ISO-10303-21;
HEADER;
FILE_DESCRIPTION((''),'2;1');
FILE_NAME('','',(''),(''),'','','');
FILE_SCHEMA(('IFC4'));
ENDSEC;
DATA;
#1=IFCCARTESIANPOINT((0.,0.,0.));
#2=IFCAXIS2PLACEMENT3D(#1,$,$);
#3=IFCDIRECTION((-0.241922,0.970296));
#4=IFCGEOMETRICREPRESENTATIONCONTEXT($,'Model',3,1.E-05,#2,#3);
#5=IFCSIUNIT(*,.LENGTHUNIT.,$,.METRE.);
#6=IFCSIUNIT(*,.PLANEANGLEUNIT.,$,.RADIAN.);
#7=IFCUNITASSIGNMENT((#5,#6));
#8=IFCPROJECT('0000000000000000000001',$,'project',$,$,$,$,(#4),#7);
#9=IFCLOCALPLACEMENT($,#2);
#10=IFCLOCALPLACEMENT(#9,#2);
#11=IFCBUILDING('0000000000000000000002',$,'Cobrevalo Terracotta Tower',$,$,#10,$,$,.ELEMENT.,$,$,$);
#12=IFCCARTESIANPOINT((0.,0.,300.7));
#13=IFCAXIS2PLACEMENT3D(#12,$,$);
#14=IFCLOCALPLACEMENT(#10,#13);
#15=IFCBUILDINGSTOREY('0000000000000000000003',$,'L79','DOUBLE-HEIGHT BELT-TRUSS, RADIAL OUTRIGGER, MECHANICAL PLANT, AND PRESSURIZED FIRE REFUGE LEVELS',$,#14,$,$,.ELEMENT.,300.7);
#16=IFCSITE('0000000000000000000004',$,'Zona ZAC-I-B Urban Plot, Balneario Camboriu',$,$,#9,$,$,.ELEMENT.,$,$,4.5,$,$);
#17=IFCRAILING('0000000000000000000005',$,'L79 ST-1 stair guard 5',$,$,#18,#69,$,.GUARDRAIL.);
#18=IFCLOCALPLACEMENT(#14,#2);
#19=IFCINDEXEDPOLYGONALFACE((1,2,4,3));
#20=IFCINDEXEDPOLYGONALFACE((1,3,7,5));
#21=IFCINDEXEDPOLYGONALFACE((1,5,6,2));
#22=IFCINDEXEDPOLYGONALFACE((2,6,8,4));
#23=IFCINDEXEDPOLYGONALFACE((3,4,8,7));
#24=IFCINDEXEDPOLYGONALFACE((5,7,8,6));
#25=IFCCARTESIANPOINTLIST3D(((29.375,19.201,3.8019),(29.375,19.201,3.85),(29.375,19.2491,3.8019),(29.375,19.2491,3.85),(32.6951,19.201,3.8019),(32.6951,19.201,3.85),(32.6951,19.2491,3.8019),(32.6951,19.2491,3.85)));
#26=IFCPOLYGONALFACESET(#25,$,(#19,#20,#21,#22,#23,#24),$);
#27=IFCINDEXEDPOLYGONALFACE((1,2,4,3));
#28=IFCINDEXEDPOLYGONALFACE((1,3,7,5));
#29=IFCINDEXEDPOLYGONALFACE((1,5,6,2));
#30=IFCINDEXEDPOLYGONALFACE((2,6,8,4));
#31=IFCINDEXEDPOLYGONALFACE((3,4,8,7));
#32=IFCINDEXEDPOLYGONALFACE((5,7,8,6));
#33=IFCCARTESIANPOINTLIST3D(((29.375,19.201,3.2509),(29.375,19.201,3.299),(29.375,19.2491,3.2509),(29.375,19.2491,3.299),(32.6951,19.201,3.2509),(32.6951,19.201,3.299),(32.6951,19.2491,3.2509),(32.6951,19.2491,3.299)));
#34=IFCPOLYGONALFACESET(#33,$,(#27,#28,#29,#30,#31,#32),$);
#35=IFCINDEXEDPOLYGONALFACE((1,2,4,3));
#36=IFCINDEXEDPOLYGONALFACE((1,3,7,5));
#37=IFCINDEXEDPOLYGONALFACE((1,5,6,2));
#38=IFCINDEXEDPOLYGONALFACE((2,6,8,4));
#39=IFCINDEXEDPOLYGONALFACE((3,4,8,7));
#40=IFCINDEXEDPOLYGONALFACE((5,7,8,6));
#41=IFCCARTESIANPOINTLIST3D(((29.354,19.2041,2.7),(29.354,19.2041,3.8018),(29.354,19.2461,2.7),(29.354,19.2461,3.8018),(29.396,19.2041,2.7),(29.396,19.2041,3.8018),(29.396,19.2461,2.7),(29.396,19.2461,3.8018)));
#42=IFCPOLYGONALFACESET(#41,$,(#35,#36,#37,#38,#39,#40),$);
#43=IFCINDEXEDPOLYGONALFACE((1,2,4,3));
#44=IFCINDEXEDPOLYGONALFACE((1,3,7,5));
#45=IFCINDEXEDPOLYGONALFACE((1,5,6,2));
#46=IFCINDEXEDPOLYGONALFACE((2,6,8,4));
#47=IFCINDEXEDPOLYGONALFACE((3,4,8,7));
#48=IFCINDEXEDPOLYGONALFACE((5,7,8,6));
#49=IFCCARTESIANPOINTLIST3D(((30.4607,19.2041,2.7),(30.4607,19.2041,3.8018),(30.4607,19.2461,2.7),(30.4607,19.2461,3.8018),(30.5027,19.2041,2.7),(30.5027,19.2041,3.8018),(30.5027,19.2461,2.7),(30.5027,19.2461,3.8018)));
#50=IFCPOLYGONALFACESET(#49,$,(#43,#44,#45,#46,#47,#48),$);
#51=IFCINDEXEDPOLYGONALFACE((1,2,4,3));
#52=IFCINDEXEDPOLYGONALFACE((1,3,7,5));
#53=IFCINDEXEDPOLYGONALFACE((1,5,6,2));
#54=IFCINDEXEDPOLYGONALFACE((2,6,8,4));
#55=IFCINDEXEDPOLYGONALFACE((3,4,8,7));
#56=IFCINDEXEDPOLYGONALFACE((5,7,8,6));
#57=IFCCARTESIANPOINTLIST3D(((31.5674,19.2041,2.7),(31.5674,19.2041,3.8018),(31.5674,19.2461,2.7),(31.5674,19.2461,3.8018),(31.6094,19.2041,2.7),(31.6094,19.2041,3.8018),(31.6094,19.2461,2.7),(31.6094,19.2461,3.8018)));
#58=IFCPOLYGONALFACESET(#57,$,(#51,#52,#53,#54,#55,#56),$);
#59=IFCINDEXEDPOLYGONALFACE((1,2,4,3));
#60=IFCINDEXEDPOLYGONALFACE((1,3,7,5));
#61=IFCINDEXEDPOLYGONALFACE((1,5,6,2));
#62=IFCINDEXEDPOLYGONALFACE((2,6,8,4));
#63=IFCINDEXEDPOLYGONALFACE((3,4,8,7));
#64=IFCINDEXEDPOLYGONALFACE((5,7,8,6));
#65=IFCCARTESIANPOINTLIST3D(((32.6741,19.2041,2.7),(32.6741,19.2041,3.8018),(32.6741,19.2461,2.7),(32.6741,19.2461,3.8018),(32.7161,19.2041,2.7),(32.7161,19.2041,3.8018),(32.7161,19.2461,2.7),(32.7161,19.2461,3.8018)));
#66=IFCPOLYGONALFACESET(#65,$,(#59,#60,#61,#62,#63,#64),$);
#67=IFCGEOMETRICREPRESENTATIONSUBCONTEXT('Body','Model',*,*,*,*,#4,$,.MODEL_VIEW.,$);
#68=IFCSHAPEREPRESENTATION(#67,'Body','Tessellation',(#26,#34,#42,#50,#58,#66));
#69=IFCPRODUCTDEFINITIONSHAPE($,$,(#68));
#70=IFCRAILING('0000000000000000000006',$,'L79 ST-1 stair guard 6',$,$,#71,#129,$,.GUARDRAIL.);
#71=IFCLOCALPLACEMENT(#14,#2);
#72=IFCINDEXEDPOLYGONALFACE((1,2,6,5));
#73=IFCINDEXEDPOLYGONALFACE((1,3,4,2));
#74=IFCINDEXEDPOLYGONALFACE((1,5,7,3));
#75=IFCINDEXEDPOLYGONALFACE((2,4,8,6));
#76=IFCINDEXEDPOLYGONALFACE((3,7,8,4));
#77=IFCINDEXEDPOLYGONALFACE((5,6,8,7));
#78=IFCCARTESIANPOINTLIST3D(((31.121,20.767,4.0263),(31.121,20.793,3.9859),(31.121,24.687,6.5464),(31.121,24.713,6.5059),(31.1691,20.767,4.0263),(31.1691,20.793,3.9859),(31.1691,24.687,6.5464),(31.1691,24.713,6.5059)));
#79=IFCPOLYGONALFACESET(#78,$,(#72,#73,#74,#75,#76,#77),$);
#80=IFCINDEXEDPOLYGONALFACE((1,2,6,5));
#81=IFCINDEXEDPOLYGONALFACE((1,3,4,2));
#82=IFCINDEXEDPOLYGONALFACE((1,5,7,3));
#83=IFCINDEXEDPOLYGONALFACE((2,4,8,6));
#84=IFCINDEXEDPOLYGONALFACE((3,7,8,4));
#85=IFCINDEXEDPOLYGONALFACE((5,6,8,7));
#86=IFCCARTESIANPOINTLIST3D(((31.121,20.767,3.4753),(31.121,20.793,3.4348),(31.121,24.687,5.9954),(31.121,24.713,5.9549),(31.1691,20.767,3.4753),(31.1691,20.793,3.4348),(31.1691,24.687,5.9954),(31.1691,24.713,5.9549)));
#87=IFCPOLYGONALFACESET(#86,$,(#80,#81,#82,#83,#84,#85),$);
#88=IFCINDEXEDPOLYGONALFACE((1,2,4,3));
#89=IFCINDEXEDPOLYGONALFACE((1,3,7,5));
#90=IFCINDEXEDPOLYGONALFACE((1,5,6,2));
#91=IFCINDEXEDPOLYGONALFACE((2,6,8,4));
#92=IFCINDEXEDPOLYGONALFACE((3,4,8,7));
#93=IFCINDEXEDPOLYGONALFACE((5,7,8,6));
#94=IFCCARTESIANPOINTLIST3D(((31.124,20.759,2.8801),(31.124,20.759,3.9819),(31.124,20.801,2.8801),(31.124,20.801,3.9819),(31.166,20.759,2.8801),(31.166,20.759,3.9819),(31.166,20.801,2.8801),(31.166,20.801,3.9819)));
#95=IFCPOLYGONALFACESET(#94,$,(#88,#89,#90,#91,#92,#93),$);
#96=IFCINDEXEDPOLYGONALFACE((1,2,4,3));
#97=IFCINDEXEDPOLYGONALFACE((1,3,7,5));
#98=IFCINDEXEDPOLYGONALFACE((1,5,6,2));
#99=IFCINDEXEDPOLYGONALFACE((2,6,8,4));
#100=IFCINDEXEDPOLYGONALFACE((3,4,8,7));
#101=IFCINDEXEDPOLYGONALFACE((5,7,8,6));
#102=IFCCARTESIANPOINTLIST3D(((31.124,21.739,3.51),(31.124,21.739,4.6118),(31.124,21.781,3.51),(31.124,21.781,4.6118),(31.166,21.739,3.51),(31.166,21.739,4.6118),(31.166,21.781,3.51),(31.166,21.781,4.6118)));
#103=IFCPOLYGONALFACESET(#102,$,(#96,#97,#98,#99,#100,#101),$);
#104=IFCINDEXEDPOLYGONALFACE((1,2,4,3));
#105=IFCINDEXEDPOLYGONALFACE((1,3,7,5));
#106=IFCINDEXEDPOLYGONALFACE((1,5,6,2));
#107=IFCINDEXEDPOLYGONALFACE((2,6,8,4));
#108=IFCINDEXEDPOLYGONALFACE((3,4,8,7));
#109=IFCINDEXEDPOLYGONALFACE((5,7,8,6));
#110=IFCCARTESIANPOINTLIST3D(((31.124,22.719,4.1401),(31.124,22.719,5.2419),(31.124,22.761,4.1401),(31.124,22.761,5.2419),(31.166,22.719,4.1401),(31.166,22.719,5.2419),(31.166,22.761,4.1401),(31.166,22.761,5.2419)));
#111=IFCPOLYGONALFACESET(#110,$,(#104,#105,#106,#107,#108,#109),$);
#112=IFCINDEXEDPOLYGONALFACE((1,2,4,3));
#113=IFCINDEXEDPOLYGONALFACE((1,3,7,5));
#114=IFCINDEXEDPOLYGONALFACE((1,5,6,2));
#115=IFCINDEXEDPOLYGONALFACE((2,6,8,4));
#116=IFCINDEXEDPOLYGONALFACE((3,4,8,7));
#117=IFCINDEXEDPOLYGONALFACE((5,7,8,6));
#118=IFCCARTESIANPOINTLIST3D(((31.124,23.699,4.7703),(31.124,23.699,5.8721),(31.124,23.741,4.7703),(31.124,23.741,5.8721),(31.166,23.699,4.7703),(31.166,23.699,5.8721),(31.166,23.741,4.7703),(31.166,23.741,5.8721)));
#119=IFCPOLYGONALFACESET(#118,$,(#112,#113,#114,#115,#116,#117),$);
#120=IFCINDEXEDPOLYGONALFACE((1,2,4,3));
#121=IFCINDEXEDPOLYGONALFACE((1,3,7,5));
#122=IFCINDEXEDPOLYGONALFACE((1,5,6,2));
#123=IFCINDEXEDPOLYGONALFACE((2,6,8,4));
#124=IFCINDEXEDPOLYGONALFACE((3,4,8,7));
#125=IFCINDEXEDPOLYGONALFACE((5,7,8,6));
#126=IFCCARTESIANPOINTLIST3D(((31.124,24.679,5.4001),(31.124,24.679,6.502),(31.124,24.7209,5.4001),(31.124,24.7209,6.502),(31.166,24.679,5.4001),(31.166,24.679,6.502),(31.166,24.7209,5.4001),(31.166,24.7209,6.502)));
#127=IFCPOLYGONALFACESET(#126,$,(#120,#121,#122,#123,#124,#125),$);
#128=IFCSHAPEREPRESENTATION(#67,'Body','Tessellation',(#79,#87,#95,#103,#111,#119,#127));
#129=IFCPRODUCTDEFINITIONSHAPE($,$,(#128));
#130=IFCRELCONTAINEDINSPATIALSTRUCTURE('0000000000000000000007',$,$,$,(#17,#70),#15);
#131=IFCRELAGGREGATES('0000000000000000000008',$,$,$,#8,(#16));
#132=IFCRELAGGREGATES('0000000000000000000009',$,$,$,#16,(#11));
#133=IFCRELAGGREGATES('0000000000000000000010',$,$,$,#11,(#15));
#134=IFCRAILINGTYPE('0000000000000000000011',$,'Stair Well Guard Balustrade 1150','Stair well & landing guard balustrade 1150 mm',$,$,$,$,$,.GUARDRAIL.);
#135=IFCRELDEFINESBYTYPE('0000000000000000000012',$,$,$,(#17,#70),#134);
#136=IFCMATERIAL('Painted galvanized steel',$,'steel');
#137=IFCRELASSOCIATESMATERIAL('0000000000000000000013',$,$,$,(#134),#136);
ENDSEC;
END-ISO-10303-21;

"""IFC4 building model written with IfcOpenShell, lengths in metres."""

from ifc_helpers import new_model, si_unit, direction, frame, origin, origin_2d, place, context, subcontext, project, spatial, rectangle, extrude, material, type_object, element, save


model = new_model("IFC4")

# Units and contexts
model_context = context("Model", 3, precision=1e-05, world=origin(), true_north=direction((-0.241922, 0.970296)))
body_context = subcontext(model_context, "Body", "Model", "MODEL_VIEW")
ifc_project = project(units=[si_unit("LENGTHUNIT", "METRE"), si_unit("PLANEANGLEUNIT", "RADIAN")], contexts=[model_context])

# Site, building, storey
site_placement = place(None, origin())
site = spatial("IfcSite", under=ifc_project, at=site_placement, Name="Zona ZAC-I-B Urban Plot, Balneario Camboriu", CompositionType="ELEMENT", RefElevation=4.5)
building_placement = place(site_placement, origin())
building = spatial("IfcBuilding", under=site, at=building_placement, Name="Cobrevalo Terracotta Tower", CompositionType="ELEMENT")
storey_placement = place(building_placement, frame((0.0, 0.0, 300.7)))
storey = spatial("IfcBuildingStorey", under=building, at=storey_placement, Name="L79", Description="DOUBLE-HEIGHT BELT-TRUSS, RADIAL OUTRIGGER, MECHANICAL PLANT, AND PRESSURIZED FIRE REFUGE LEVELS", CompositionType="ELEMENT", Elevation=300.7)

# Railings
ifc_material_1 = material(Name="Painted galvanized steel", Category="steel")
railing_type_1 = type_object("IfcRailingType", Name="Stair Well Guard Balustrade 1150", Description="Stair well & landing guard balustrade 1150 mm", PredefinedType="GUARDRAIL", material=ifc_material_1)
railing_1_placement = place(storey_placement, frame((29.375, 19.2251, 2.7)))
element("IfcRailing", 1, at=railing_1_placement, inside=storey, type_object=railing_type_1, Name="L79 ST-1 stair guard 5", PredefinedType="GUARDRAIL", context=body_context, shape_type="SweptSolid", body=[
    extrude(rectangle(XDim=0.0481, YDim=0.0481, at=origin_2d()), frame((0.0, 0.0, 1.126), z_axis=(1.0, 0.0, 0.0), x_axis=(0.0, 1.0, 0.0)), (0.0, 0.0, 1.0), 3.3201),
    extrude(rectangle(XDim=0.0481, YDim=0.0481, at=origin_2d()), frame((0.0, 0.0, 0.575), z_axis=(1.0, 0.0, 0.0), x_axis=(0.0, 1.0, 0.0)), (0.0, 0.0, 1.0), 3.3201),
    extrude(rectangle(XDim=0.042, YDim=0.042, at=origin_2d()), origin(), (0.0, 0.0, 1.0), 1.1018),
    extrude(rectangle(XDim=0.042, YDim=0.042, at=origin_2d()), frame((1.1067, 0.0, 0.0)), (0.0, 0.0, 1.0), 1.1018),
    extrude(rectangle(XDim=0.042, YDim=0.042, at=origin_2d()), frame((2.2134, 0.0, 0.0)), (0.0, 0.0, 1.0), 1.1018),
    extrude(rectangle(XDim=0.042, YDim=0.042, at=origin_2d()), frame((3.3201, 0.0, 0.0)), (0.0, 0.0, 1.0), 1.1018),
])
railing_2_placement = place(storey_placement, frame((31.145, 20.78, 2.8801)))
element("IfcRailing", 2, at=railing_2_placement, inside=storey, type_object=railing_type_1, Name="L79 ST-1 stair guard 6", PredefinedType="GUARDRAIL", context=body_context, shape_type="SweptSolid", body=[
    extrude(rectangle(XDim=0.0481, YDim=0.0481, at=origin_2d()), frame((0.0, 0.0, 1.126), z_axis=(0.0, 0.841172, 0.540768), x_axis=(-1.0, 0.0, 0.0)), (0.0, 0.0, 1.0), 4.6602),
    extrude(rectangle(XDim=0.0481, YDim=0.0481, at=origin_2d()), frame((0.0, 0.0, 0.575), z_axis=(0.0, 0.841172, 0.540768), x_axis=(-1.0, 0.0, 0.0)), (0.0, 0.0, 1.0), 4.6602),
    extrude(rectangle(XDim=0.042, YDim=0.042, at=origin_2d()), origin(), (0.0, 0.0, 1.0), 1.1018),
    extrude(rectangle(XDim=0.042, YDim=0.042, at=origin_2d()), frame((0.0, 0.98, 0.6299)), (0.0, 0.0, 1.0), 1.1018),
    extrude(rectangle(XDim=0.042, YDim=0.042, at=origin_2d()), frame((0.0, 1.96, 1.26)), (0.0, 0.0, 1.0), 1.1018),
    extrude(rectangle(XDim=0.042, YDim=0.042, at=origin_2d()), frame((0.0, 2.9399, 1.8901)), (0.0, 0.0, 1.0), 1.1018),
    extrude(rectangle(XDim=0.042, YDim=0.042, at=origin_2d()), frame((0.0, 3.9199, 2.52)), (0.0, 0.0, 1.0), 1.1018),
])

save(model, "model.ifc")
